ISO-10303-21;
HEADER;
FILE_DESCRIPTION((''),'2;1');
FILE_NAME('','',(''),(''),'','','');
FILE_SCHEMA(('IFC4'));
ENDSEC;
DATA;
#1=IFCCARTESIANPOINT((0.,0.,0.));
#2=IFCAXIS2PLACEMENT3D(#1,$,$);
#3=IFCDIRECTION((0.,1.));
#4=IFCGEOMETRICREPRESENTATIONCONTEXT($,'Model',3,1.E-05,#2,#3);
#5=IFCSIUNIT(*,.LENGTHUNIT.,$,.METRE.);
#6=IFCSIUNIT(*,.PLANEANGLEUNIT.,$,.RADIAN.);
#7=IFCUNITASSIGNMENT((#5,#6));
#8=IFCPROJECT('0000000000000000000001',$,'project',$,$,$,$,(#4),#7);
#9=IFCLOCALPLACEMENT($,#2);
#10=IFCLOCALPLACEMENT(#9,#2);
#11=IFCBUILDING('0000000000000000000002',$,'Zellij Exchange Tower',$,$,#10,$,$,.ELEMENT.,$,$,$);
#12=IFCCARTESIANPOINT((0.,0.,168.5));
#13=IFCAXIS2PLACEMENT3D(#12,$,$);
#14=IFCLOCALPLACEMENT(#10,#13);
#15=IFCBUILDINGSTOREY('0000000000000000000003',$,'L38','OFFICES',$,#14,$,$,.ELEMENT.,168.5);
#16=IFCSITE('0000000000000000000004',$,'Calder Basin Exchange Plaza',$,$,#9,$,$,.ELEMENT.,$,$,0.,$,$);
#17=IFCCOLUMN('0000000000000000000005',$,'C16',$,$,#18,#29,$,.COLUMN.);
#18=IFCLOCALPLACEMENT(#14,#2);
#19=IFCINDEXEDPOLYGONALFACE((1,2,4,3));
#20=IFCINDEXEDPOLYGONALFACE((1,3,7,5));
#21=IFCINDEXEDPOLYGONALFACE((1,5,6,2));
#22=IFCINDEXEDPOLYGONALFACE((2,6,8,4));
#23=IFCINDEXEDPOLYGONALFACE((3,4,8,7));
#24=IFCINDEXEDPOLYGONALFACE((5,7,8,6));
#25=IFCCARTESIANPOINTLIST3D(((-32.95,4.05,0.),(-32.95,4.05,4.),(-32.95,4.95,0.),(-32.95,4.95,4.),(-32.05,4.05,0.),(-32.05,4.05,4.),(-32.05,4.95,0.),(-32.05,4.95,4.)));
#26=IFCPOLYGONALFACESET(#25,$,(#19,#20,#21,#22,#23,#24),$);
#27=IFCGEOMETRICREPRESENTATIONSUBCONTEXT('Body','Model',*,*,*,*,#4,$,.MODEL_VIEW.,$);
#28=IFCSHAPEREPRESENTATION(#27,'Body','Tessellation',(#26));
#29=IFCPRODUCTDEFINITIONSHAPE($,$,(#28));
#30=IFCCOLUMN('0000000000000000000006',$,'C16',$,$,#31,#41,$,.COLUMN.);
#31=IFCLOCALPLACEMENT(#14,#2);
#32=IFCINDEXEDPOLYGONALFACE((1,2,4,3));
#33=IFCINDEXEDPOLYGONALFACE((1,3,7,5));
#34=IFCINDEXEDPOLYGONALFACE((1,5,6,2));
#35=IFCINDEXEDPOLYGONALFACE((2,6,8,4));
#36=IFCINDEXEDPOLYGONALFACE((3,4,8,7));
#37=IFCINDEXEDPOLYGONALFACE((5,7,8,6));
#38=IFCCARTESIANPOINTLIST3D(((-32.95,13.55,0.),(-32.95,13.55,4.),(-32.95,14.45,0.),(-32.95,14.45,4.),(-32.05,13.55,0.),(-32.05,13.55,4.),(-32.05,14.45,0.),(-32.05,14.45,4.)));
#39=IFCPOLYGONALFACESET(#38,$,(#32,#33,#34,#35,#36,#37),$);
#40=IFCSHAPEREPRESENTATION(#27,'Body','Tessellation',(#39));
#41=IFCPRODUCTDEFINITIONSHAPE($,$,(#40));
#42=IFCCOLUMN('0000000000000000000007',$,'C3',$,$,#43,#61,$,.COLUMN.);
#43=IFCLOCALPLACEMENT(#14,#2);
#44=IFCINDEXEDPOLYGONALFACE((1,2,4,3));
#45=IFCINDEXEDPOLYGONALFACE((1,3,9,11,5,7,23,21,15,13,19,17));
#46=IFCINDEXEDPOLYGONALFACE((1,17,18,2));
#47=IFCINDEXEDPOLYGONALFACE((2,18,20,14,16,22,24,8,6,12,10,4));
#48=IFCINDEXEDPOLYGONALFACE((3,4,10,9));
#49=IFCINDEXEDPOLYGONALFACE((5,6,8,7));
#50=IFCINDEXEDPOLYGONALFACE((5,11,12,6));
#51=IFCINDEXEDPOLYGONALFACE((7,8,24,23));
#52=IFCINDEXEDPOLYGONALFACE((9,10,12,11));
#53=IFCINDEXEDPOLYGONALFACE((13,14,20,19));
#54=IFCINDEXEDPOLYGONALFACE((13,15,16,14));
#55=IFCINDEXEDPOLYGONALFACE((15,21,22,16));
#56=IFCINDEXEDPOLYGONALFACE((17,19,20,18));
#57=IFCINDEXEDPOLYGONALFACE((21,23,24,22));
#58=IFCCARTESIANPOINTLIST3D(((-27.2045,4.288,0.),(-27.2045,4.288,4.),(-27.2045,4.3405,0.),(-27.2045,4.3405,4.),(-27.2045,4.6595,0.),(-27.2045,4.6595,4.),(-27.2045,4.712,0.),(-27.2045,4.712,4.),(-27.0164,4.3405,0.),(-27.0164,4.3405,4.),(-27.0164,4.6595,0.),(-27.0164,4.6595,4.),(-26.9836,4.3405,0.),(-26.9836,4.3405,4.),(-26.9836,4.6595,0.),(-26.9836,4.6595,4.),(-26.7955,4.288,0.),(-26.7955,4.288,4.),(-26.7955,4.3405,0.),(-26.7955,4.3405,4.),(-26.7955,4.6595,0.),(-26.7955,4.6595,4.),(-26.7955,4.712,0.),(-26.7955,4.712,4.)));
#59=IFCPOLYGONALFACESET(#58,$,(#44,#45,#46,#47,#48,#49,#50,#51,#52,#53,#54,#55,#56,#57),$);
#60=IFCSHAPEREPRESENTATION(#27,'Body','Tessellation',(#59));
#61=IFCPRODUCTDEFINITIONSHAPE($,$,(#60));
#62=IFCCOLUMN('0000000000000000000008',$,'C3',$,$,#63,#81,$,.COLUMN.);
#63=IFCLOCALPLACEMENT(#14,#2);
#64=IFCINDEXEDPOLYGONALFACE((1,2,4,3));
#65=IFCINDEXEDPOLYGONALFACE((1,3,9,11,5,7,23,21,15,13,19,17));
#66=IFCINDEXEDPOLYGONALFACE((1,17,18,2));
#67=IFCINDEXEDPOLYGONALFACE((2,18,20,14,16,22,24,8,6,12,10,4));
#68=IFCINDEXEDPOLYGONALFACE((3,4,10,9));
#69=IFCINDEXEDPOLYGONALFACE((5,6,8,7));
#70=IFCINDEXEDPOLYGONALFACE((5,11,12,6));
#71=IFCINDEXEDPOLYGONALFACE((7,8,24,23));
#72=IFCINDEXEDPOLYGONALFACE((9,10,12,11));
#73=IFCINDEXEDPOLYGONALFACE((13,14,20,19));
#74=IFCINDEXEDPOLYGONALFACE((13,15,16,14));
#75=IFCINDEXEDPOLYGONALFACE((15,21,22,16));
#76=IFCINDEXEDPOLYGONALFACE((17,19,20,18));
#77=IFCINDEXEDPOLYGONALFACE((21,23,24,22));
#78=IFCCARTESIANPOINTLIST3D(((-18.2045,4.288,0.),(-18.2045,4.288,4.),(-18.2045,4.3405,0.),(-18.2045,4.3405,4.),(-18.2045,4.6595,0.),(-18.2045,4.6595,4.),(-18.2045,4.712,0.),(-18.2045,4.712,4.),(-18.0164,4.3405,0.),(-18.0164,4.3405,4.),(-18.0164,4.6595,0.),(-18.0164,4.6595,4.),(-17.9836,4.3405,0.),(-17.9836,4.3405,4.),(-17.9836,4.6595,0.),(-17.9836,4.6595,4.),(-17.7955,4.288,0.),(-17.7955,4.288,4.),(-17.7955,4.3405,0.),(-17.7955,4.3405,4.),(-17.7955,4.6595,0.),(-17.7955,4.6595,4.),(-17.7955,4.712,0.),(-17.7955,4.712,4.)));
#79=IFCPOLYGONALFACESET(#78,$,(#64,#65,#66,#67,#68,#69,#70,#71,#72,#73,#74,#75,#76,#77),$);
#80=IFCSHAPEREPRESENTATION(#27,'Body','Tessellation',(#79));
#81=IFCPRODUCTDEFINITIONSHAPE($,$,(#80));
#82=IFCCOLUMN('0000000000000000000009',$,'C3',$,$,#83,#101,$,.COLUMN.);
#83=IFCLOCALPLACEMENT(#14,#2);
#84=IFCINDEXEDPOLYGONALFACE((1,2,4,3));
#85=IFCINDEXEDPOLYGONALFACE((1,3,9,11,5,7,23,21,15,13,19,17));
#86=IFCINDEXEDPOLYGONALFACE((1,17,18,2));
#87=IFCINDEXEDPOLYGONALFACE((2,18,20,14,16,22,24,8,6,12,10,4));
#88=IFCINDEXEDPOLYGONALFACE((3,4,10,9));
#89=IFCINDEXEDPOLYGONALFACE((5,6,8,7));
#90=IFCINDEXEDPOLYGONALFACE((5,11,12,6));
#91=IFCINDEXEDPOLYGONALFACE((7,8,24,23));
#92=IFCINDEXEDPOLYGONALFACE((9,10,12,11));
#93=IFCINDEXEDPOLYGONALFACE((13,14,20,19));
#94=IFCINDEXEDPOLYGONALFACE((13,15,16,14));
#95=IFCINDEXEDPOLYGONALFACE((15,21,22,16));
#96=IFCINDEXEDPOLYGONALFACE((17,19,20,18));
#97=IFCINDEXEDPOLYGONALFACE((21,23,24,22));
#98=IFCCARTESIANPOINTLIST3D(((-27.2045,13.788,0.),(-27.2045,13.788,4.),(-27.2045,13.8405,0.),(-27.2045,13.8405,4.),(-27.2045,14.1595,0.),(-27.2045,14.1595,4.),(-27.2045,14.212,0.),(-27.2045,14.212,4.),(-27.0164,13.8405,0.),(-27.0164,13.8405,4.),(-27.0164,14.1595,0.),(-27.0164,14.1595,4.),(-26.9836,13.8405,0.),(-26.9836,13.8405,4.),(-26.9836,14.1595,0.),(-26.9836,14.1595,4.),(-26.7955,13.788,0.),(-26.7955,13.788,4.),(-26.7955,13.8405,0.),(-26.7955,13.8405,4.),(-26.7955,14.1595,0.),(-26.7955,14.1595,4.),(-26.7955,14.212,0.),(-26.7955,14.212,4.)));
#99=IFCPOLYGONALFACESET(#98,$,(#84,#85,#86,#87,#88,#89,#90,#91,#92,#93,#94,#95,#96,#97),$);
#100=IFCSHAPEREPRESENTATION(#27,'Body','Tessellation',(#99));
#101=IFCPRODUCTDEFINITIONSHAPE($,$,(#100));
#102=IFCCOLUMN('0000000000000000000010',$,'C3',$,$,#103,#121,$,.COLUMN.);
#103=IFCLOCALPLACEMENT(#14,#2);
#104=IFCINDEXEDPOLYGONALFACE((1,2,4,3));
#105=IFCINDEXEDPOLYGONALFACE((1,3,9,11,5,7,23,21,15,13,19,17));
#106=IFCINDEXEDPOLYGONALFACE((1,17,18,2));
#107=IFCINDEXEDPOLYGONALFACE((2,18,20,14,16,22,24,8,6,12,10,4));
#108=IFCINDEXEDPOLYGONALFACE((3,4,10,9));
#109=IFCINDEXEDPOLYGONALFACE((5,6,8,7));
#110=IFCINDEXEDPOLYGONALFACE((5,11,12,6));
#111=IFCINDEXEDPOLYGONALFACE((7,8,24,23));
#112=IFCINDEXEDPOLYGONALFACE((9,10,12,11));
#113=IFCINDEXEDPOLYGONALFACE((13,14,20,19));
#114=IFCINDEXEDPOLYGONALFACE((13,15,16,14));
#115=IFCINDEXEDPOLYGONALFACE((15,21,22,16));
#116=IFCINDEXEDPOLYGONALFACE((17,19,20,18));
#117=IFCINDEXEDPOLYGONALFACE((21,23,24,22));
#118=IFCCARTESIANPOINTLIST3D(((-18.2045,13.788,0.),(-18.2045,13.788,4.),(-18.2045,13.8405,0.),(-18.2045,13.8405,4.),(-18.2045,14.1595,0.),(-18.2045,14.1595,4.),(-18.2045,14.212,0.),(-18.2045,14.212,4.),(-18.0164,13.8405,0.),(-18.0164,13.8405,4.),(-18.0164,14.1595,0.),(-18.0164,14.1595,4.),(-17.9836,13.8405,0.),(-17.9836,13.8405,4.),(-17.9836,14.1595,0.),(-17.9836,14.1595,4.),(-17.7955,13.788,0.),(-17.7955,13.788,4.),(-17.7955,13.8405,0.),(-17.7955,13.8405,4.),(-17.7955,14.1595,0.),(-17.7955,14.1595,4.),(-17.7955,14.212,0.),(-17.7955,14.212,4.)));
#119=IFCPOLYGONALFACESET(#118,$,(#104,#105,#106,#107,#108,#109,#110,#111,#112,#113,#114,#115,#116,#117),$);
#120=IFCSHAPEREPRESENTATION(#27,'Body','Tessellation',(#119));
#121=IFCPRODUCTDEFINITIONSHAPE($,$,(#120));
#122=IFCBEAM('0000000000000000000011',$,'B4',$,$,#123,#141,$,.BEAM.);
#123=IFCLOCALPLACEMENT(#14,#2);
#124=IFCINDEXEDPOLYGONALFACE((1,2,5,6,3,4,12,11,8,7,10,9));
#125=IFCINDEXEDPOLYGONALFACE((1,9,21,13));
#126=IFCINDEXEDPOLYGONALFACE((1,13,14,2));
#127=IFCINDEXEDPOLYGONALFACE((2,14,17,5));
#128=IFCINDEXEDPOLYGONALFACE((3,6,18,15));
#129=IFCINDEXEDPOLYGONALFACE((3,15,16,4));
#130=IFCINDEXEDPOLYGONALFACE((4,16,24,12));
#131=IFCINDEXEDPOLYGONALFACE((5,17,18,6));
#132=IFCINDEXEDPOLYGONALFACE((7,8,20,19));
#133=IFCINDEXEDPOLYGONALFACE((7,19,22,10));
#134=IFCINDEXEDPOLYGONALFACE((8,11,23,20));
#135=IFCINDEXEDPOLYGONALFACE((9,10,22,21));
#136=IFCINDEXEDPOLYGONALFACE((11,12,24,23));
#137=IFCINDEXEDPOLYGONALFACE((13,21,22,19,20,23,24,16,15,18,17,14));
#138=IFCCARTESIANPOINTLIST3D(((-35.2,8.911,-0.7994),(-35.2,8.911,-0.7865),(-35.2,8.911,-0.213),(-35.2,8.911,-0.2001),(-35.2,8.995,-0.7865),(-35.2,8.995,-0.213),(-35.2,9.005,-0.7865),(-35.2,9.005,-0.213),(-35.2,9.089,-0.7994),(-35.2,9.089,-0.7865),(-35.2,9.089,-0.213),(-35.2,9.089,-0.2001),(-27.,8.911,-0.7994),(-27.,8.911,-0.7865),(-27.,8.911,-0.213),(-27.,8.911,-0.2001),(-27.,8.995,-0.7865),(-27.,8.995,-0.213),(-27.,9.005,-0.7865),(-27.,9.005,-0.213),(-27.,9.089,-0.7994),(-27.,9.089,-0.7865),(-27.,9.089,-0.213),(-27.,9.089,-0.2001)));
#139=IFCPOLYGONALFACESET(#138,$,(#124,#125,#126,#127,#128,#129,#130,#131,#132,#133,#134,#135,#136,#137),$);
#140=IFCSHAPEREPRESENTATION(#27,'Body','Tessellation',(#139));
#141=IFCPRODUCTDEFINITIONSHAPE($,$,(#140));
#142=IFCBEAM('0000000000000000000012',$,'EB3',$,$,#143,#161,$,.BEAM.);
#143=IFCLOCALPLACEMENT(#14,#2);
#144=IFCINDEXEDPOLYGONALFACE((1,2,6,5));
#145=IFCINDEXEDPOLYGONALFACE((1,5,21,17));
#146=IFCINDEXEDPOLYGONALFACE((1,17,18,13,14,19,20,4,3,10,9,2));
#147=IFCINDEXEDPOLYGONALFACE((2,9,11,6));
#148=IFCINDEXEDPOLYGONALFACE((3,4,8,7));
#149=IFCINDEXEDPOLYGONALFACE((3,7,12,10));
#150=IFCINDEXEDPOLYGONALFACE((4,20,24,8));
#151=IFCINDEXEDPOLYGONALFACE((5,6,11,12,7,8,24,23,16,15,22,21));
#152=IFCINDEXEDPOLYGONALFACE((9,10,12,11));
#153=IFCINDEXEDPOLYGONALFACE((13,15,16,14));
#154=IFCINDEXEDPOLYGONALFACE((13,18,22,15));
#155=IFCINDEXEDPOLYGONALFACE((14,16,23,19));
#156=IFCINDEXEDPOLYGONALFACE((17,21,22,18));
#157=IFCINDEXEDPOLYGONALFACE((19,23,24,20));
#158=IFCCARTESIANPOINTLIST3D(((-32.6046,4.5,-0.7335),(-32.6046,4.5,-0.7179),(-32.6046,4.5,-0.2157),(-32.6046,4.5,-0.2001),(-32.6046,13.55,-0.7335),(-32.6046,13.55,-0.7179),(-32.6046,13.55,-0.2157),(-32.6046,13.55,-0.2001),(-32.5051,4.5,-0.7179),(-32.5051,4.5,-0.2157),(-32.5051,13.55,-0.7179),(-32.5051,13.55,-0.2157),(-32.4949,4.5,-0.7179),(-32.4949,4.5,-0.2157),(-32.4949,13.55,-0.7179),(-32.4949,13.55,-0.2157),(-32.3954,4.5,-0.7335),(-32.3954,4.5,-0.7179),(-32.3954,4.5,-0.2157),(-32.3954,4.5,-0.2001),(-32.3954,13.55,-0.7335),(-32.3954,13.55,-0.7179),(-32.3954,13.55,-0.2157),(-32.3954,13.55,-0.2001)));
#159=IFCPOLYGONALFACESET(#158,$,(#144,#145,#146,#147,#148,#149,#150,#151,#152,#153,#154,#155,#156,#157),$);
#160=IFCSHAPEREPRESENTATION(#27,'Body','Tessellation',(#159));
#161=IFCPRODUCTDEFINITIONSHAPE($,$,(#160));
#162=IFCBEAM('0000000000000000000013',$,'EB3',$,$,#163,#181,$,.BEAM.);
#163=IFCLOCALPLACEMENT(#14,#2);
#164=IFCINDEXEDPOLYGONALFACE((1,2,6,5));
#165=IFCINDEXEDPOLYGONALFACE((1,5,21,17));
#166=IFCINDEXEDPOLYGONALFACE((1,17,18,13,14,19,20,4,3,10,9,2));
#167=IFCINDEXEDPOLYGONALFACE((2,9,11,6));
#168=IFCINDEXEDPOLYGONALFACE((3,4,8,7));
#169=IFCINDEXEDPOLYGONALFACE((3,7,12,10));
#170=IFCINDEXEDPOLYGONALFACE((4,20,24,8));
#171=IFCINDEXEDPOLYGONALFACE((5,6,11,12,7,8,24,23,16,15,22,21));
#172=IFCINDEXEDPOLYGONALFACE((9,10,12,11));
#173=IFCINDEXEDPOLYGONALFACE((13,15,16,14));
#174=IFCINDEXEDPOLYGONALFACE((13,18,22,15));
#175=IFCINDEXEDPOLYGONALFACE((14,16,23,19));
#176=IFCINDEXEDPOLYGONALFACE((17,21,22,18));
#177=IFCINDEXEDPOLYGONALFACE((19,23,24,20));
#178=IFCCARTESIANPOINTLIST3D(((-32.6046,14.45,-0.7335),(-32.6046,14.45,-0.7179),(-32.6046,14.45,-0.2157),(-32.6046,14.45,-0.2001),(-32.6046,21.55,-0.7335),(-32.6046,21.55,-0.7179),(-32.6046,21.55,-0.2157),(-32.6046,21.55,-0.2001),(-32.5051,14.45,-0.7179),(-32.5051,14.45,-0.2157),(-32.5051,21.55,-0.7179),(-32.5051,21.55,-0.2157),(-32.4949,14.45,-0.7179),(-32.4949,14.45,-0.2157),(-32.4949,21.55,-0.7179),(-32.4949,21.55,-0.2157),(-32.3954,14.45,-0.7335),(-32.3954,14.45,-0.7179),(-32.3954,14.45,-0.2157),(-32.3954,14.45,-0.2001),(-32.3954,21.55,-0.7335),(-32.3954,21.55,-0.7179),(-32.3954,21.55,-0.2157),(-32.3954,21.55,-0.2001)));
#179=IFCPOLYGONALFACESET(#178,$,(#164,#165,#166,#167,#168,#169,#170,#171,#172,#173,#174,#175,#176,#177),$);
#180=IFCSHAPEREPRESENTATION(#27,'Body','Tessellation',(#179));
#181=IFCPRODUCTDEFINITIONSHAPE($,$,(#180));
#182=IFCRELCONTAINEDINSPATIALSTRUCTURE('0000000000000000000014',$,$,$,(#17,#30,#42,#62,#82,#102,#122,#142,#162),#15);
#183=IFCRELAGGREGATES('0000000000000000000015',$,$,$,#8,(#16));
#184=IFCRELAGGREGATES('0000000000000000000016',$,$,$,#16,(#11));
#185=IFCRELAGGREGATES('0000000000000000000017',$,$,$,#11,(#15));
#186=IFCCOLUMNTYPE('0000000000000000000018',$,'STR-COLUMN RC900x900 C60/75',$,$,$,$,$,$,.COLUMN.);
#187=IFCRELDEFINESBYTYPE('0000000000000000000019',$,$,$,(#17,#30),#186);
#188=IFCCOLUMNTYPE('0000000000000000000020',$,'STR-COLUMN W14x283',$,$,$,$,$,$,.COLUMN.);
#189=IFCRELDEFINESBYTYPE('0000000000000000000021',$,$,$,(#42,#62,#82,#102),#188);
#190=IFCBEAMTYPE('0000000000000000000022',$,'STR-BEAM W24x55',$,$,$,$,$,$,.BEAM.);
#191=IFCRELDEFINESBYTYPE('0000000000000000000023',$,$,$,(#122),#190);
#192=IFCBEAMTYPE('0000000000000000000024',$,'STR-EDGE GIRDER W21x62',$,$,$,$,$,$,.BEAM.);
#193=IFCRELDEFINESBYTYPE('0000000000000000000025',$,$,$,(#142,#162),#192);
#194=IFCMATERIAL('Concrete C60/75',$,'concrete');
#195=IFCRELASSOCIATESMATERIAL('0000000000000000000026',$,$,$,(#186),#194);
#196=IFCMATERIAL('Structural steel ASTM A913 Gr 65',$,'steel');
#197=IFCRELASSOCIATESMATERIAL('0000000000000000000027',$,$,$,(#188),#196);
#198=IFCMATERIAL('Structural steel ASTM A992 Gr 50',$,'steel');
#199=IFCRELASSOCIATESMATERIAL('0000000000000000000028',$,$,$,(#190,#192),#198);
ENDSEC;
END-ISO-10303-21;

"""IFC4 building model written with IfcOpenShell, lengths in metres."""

from ifc_helpers import new_model, si_unit, direction, frame, origin, origin_2d, place, context, subcontext, project, spatial, rectangle, i_section, extrude, material, material_profile, profile_set, type_object, element, save


model = new_model("IFC4")

# Units and contexts
model_context = context("Model", 3, precision=1e-05, world=origin(), true_north=direction((0.0, 1.0)))
body_context = subcontext(model_context, "Body", "Model", "MODEL_VIEW")
ifc_project = project(units=[si_unit("LENGTHUNIT", "METRE"), si_unit("PLANEANGLEUNIT", "RADIAN")], contexts=[model_context])

# Site, building, storey
site_placement = place(None, origin())
site = spatial("IfcSite", under=ifc_project, at=site_placement, Name="Calder Basin Exchange Plaza", CompositionType="ELEMENT", RefElevation=0.0)
building_placement = place(site_placement, origin())
building = spatial("IfcBuilding", under=site, at=building_placement, Name="Zellij Exchange Tower", CompositionType="ELEMENT")
storey_placement = place(building_placement, frame((0.0, 0.0, 168.5)))
storey = spatial("IfcBuildingStorey", under=building, at=storey_placement, Name="L38", Description="OFFICES", CompositionType="ELEMENT", Elevation=168.5)

# Columns
ifc_material_1 = material(Name="Concrete C60/75", Category="concrete")
ifc_material_profile_1 = material_profile(ifc_material_1, rectangle(XDim=0.8999, YDim=0.8999, at=origin_2d()), Name="STR-COLUMN RC900x900 C60/75")
ifc_profile_set_1 = profile_set([ifc_material_profile_1], Name="Concrete C60/75")
column_type_1 = type_object("IfcColumnType", Name="STR-COLUMN RC900x900 C60/75", PredefinedType="COLUMN", material=ifc_profile_set_1)
for number, where, z_axis, x_axis, name in (
    (1, (-32.5, 4.5, 0.0), (0.0, 0.0, 1.0), (1.0, 0.0, 0.0), "C16"),
    (2, (-32.5, 14.0, 0.0), (0.0, 0.0, 1.0), (1.0, 0.0, 0.0), "C16"),
):
    element("IfcColumn", number, at=place(storey_placement, frame(where, z_axis=z_axis, x_axis=x_axis)), inside=storey, type_object=column_type_1, Name=name, PredefinedType="COLUMN", context=body_context, shape_type="SweptSolid", body=[
        extrude(rectangle(XDim=0.8999, YDim=0.8999, at=origin_2d()), origin(), (0.0, 0.0, 1.0), 4.0),
    ])
ifc_material_2 = material(Name="Structural steel ASTM A913 Gr 65", Category="steel")
ifc_material_profile_2 = material_profile(ifc_material_2, i_section(OverallWidth=0.4089, OverallDepth=0.4241, WebThickness=0.0327, FlangeThickness=0.0525, at=origin_2d()), Name="W14x283")
ifc_profile_set_2 = profile_set([ifc_material_profile_2], Name="Structural steel ASTM A913 Gr 65")
column_type_2 = type_object("IfcColumnType", Name="STR-COLUMN W14x283", PredefinedType="COLUMN", material=ifc_profile_set_2)
for number, where, z_axis, x_axis, name in (
    (3, (-27.0, 4.5, 0.0), (0.0, 0.0, 1.0), (1.0, 0.0, 0.0), "C3"),
    (4, (-18.0, 4.5, 0.0), (0.0, 0.0, 1.0), (1.0, 0.0, 0.0), "C3"),
    (5, (-27.0, 14.0, 0.0), (0.0, 0.0, 1.0), (1.0, 0.0, 0.0), "C3"),
    (6, (-18.0, 14.0, 0.0), (0.0, 0.0, 1.0), (1.0, 0.0, 0.0), "C3"),
):
    element("IfcColumn", number, at=place(storey_placement, frame(where, z_axis=z_axis, x_axis=x_axis)), inside=storey, type_object=column_type_2, Name=name, PredefinedType="COLUMN", context=body_context, shape_type="SweptSolid", body=[
        extrude(i_section(OverallWidth=0.4089, OverallDepth=0.4241, WebThickness=0.0327, FlangeThickness=0.0525, at=origin_2d()), origin(), (0.0, 0.0, 1.0), 4.0),
    ])

# Beams
ifc_material_3 = material(Name="Structural steel ASTM A992 Gr 50", Category="steel")
ifc_material_profile_3 = material_profile(ifc_material_3, i_section(OverallWidth=0.178, OverallDepth=0.5994, WebThickness=0.01, FlangeThickness=0.0129, at=origin_2d()), Name="W24x55")
ifc_profile_set_3 = profile_set([ifc_material_profile_3], Name="Structural steel ASTM A992 Gr 50")
beam_type_1 = type_object("IfcBeamType", Name="STR-BEAM W24x55", PredefinedType="BEAM", material=ifc_profile_set_3)
beam_1_placement = place(storey_placement, frame((-35.2, 9.0, -0.4998), z_axis=(1.0, 0.0, 0.0), x_axis=(0.0, 1.0, 0.0)))
element("IfcBeam", 7, at=beam_1_placement, inside=storey, type_object=beam_type_1, Name="B4", PredefinedType="BEAM", context=body_context, shape_type="SweptSolid", body=[
    extrude(i_section(OverallWidth=0.178, OverallDepth=0.5994, WebThickness=0.01, FlangeThickness=0.0129, at=origin_2d()), origin(), (0.0, 0.0, 1.0), 8.2),
])
ifc_material_profile_4 = material_profile(ifc_material_3, i_section(OverallWidth=0.2092, OverallDepth=0.5334, WebThickness=0.0103, FlangeThickness=0.0156, at=origin_2d()), Name="W21x62")
ifc_profile_set_4 = profile_set([ifc_material_profile_4], Name="Structural steel ASTM A992 Gr 50")
beam_type_2 = type_object("IfcBeamType", Name="STR-EDGE GIRDER W21x62", PredefinedType="BEAM", material=ifc_profile_set_4)
beam_2_placement = place(storey_placement, frame((-32.5, 4.5, -0.4668), z_axis=(0.0, 1.0, 0.0), x_axis=(-1.0, 0.0, 0.0)))
element("IfcBeam", 8, at=beam_2_placement, inside=storey, type_object=beam_type_2, Name="EB3", PredefinedType="BEAM", context=body_context, shape_type="SweptSolid", body=[
    extrude(i_section(OverallWidth=0.2092, OverallDepth=0.5334, WebThickness=0.0103, FlangeThickness=0.0156, at=origin_2d()), origin(), (0.0, 0.0, 1.0), 9.05),
])
beam_3_placement = place(storey_placement, frame((-32.5, 14.45, -0.4668), z_axis=(0.0, 1.0, 0.0), x_axis=(-1.0, 0.0, 0.0)))
element("IfcBeam", 9, at=beam_3_placement, inside=storey, type_object=beam_type_2, Name="EB3", PredefinedType="BEAM", context=body_context, shape_type="SweptSolid", body=[
    extrude(i_section(OverallWidth=0.2092, OverallDepth=0.5334, WebThickness=0.0103, FlangeThickness=0.0156, at=origin_2d()), origin(), (0.0, 0.0, 1.0), 7.1001),
])

save(model, "model.ifc")
